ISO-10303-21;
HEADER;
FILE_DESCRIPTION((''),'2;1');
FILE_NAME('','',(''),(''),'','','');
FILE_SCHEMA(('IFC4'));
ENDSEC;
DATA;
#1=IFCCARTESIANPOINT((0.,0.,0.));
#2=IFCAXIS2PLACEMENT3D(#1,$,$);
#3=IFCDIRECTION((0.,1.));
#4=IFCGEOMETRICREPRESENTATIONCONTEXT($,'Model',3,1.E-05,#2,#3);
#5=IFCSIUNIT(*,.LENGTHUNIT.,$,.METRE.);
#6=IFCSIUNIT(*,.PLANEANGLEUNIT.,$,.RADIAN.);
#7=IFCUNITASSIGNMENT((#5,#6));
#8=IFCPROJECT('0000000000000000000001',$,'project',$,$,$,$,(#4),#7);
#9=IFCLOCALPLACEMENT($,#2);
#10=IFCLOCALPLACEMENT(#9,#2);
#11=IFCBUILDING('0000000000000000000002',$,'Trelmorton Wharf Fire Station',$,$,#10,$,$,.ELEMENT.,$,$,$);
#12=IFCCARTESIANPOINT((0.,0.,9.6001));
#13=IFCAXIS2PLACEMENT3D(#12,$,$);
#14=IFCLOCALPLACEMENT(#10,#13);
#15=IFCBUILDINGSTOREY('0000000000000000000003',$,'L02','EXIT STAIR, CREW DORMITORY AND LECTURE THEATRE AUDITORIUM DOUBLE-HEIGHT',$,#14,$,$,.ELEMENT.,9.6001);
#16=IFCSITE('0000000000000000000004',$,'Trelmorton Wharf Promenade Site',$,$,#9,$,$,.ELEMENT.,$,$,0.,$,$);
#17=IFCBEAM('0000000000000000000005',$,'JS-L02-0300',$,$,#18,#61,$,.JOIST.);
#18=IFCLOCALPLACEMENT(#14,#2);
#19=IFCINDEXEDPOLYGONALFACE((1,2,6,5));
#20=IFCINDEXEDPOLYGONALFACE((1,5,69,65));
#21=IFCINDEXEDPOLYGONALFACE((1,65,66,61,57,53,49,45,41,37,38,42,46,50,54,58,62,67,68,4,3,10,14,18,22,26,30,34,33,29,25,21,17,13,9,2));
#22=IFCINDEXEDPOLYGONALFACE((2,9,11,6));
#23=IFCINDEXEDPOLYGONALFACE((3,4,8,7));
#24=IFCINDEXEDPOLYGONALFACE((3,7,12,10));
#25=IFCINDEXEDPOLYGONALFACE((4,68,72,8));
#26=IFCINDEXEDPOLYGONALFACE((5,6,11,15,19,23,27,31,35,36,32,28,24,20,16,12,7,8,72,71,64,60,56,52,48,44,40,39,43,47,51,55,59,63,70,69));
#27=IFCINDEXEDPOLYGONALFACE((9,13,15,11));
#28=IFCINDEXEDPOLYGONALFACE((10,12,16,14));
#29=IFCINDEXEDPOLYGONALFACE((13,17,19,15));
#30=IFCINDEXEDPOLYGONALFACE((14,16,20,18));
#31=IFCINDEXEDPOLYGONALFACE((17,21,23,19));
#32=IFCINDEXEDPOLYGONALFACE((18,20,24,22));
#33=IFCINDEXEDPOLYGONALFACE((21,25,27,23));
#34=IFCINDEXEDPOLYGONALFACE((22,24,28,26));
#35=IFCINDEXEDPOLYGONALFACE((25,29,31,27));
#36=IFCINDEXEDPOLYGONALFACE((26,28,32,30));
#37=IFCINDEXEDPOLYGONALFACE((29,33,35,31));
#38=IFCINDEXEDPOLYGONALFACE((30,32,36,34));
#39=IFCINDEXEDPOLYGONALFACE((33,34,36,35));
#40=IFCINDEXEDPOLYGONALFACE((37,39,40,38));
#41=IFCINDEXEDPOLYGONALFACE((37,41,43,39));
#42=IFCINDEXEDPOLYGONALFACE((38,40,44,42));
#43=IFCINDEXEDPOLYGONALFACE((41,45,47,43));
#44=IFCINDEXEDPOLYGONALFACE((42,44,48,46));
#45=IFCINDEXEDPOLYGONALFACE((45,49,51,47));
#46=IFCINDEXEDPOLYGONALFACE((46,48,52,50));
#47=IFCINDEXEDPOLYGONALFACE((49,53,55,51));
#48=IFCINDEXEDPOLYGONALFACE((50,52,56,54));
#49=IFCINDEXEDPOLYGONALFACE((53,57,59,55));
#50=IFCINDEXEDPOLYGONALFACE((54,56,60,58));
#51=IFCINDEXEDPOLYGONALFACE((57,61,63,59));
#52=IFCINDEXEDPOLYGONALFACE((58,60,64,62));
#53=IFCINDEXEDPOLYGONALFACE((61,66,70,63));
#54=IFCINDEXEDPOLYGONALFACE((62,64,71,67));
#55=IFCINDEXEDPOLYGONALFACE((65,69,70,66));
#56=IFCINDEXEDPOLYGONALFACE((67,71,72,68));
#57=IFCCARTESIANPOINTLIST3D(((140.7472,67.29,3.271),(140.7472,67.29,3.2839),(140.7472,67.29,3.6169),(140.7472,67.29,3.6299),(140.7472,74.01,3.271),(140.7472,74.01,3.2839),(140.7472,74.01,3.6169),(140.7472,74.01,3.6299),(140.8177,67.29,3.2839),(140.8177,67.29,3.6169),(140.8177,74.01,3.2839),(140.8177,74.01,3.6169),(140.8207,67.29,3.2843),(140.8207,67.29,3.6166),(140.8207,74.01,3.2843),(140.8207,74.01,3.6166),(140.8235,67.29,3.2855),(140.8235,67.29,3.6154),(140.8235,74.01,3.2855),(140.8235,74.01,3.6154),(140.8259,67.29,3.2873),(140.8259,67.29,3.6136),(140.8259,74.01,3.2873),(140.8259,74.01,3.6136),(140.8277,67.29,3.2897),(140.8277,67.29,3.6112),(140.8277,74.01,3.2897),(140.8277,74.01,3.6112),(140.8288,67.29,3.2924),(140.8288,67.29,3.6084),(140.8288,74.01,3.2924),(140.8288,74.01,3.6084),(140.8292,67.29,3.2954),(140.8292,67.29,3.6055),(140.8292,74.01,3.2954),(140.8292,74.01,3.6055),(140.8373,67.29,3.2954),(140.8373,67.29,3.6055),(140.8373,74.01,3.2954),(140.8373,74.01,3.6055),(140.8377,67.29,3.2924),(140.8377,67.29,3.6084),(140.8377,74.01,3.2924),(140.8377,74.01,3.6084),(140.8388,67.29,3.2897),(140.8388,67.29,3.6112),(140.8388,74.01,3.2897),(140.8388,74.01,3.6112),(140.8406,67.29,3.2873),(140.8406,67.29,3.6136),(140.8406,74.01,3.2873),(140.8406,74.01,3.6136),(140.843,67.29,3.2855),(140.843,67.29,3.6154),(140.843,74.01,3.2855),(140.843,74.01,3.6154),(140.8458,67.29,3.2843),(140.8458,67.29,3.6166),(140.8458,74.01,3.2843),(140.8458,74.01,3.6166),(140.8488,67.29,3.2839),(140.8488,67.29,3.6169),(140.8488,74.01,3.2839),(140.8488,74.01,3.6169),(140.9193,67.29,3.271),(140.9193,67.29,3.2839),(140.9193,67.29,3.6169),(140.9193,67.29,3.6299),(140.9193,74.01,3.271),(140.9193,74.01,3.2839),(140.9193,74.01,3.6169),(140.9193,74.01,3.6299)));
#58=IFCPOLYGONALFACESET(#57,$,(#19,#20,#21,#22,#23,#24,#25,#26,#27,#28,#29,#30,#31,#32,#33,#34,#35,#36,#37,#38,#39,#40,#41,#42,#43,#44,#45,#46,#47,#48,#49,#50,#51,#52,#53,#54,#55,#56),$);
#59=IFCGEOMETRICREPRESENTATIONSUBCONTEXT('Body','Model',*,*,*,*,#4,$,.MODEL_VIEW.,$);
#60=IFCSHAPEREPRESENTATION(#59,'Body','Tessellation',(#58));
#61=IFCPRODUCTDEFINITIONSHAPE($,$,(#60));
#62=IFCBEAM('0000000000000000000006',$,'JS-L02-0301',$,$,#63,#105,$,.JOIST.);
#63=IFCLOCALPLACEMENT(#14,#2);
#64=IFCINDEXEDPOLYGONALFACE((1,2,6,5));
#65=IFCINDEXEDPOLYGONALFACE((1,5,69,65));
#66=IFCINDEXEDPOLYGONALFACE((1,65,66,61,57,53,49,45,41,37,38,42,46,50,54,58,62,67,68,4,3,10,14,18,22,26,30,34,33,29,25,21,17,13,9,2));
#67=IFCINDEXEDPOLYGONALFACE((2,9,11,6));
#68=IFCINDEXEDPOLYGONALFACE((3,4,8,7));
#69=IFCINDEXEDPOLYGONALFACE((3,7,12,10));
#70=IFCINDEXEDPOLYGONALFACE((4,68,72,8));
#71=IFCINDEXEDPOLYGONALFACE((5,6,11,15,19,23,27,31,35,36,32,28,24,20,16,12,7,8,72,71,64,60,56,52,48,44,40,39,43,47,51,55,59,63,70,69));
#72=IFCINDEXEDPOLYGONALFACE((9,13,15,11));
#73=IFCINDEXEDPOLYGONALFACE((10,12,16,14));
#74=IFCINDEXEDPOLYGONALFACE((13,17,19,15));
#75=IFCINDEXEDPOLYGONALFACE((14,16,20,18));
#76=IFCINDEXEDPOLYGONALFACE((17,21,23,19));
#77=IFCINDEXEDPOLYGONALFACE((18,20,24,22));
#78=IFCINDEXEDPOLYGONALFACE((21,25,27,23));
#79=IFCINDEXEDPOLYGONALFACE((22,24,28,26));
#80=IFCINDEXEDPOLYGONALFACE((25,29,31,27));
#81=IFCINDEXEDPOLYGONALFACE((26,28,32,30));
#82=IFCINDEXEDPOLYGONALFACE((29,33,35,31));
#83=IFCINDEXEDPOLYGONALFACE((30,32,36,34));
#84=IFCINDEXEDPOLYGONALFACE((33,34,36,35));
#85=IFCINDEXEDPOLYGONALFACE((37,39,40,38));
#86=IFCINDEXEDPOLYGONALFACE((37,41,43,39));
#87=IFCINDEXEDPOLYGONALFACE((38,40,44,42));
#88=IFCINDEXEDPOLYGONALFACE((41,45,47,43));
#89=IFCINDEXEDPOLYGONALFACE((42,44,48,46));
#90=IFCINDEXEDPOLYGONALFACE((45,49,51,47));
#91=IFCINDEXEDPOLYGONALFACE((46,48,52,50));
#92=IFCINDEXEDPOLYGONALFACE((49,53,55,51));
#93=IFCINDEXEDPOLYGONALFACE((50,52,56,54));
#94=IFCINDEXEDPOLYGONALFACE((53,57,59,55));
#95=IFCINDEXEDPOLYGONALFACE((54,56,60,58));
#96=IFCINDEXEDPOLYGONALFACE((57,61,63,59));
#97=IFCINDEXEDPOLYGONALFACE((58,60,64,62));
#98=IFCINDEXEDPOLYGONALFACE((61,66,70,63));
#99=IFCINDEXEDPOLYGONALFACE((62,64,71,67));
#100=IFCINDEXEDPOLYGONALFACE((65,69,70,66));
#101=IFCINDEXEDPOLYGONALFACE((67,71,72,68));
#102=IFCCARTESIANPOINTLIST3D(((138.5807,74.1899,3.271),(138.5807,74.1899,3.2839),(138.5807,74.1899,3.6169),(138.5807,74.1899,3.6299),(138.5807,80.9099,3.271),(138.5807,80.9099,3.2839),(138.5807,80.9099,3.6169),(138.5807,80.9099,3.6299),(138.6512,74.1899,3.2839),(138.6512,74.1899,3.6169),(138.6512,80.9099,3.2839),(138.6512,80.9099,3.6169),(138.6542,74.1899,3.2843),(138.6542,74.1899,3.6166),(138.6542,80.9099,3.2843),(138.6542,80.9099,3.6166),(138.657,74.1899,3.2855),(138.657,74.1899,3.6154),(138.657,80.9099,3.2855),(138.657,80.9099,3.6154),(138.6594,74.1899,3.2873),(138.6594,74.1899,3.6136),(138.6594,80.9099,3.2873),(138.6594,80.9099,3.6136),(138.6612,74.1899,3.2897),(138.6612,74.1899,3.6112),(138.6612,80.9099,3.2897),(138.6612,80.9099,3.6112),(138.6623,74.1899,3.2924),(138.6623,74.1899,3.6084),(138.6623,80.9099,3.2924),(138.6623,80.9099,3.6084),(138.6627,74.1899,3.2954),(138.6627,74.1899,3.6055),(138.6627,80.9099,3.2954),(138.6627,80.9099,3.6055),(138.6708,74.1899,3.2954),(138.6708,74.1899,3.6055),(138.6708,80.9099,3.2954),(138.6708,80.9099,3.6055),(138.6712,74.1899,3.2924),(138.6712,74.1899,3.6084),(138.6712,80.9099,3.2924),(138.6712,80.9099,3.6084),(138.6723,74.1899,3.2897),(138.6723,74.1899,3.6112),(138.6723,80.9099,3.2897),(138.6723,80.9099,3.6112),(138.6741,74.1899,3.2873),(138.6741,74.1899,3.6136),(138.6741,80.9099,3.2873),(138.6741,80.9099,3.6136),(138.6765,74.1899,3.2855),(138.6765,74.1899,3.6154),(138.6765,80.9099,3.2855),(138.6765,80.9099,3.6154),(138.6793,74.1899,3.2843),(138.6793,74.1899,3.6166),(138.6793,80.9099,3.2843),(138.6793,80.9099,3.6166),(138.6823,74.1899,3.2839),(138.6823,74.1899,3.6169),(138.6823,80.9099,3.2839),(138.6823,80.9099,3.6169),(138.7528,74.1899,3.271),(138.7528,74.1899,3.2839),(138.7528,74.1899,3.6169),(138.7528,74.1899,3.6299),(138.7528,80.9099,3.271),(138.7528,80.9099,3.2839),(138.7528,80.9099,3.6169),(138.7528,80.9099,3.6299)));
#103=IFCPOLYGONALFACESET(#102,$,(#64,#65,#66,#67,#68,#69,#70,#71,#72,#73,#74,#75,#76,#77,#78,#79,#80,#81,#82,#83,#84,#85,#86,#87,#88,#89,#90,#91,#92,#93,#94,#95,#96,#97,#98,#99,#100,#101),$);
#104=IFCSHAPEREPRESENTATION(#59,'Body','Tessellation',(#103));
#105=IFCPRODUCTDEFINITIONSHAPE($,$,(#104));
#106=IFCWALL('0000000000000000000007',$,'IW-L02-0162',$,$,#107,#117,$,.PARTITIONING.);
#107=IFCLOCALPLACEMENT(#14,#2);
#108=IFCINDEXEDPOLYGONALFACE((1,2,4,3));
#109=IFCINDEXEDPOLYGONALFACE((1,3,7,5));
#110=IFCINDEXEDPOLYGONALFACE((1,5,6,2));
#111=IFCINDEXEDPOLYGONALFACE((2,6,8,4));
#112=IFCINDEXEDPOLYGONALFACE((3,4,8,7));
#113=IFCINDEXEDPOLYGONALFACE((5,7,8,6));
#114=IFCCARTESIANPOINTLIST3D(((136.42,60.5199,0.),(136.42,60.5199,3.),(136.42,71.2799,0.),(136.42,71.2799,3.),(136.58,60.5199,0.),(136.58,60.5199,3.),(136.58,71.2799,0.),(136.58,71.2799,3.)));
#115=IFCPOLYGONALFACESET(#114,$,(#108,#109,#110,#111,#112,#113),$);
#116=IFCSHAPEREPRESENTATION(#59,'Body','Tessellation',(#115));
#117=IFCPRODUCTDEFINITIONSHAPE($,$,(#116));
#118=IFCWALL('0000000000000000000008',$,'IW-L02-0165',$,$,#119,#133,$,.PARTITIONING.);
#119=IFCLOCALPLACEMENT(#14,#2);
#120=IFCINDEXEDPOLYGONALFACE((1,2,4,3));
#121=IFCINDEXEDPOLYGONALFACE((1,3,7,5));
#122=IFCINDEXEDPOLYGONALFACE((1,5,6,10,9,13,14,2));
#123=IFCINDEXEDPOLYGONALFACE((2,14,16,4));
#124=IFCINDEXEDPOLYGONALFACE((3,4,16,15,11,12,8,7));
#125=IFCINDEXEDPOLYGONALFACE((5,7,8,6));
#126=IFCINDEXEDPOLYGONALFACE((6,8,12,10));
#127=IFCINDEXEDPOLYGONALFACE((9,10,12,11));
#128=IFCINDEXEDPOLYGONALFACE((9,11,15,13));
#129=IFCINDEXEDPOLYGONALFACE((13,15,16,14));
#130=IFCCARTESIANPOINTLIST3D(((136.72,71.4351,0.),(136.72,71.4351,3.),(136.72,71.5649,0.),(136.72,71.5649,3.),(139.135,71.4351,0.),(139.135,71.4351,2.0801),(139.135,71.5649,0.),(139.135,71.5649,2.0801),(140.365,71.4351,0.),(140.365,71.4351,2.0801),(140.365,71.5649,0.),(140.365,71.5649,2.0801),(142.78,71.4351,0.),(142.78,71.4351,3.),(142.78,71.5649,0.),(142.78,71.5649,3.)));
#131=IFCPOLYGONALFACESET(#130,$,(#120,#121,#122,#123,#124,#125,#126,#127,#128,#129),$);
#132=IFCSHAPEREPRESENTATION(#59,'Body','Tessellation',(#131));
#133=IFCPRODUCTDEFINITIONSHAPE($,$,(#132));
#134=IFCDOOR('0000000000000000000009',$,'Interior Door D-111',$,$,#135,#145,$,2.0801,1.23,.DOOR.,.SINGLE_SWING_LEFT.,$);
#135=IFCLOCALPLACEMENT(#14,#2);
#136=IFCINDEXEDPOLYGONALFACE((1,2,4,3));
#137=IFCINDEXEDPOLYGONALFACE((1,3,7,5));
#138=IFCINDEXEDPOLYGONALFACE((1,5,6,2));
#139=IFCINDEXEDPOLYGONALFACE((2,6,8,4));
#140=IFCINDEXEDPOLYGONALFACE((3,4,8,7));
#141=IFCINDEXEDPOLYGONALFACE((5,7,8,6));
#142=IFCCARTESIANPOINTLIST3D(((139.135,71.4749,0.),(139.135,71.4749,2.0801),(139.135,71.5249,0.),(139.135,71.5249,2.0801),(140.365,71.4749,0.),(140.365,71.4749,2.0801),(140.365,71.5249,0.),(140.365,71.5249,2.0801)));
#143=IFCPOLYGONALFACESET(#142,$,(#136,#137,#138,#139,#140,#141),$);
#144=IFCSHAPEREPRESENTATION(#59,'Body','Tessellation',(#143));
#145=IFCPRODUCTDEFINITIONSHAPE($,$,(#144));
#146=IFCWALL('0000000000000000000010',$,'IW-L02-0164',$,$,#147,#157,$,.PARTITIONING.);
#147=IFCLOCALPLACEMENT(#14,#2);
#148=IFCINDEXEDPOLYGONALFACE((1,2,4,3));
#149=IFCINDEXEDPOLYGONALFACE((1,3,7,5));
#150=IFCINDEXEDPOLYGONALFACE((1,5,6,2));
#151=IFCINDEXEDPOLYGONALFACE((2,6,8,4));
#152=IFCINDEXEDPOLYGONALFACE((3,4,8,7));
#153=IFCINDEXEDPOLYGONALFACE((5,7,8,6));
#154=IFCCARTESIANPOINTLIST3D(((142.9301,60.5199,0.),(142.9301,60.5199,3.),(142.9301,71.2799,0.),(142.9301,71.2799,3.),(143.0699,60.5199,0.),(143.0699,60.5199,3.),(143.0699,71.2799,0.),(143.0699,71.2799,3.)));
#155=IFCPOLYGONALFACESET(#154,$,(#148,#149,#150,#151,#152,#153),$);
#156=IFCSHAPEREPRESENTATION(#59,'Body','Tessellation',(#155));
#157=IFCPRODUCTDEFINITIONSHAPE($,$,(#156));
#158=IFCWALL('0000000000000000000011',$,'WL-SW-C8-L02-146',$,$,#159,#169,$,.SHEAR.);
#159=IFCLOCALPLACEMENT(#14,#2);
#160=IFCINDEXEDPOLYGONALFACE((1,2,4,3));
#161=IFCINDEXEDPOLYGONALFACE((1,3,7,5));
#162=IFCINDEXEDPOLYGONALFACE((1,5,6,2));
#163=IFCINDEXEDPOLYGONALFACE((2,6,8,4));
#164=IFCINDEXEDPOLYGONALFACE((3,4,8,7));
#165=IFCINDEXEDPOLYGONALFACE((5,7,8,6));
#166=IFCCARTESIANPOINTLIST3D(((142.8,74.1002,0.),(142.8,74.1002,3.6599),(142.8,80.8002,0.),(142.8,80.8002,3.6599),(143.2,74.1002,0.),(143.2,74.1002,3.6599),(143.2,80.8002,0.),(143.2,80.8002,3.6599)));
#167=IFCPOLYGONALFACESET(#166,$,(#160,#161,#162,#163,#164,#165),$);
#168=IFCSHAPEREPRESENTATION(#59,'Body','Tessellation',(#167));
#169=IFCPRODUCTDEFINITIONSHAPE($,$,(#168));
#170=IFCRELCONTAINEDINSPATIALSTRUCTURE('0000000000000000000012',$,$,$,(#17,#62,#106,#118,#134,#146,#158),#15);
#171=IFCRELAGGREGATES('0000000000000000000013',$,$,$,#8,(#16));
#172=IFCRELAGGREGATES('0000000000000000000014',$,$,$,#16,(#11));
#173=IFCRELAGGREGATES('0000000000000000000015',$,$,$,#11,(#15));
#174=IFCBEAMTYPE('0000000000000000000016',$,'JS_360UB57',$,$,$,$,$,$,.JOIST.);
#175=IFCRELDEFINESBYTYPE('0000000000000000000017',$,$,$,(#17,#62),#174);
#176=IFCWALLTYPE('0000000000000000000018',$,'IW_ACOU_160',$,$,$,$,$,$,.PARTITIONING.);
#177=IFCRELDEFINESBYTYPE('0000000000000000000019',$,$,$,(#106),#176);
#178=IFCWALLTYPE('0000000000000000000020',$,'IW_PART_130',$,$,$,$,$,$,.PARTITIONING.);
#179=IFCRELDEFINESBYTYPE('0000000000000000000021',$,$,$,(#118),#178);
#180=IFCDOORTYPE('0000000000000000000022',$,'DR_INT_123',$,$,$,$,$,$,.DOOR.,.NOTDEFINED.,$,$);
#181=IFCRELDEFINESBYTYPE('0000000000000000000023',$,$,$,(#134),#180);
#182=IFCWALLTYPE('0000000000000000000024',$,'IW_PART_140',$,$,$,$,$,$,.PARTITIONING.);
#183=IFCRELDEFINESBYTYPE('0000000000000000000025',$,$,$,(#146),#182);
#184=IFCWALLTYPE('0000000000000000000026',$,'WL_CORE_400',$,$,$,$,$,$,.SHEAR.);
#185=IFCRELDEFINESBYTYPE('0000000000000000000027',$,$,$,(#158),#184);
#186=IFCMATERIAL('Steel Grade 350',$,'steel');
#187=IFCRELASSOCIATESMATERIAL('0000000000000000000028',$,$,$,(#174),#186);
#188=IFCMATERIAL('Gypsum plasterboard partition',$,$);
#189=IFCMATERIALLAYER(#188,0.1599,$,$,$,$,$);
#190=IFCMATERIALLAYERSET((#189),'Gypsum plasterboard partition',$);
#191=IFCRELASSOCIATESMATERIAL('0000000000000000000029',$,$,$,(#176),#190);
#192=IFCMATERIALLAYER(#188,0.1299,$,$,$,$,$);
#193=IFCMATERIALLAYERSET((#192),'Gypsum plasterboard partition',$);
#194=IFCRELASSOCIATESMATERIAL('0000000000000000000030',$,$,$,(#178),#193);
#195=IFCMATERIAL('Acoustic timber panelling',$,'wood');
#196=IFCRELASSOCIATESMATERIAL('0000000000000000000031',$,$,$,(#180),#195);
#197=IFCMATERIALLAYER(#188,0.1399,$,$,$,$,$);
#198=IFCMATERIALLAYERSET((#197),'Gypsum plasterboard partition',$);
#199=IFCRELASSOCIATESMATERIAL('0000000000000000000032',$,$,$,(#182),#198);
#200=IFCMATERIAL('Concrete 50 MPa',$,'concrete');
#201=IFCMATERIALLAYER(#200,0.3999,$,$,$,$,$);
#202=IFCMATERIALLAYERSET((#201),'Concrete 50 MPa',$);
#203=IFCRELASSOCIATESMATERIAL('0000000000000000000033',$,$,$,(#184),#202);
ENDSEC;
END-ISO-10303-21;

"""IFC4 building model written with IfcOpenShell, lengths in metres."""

from ifc_helpers import new_model, si_unit, direction, frame, frame_2d, origin, origin_2d, place, context, subcontext, project, spatial, rectangle, i_section, extrude, material, layer, layer_set, material_profile, profile_set, type_object, element, fill, save


model = new_model("IFC4")

# Units and contexts
model_context = context("Model", 3, precision=1e-05, world=origin(), true_north=direction((0.0, 1.0)))
body_context = subcontext(model_context, "Body", "Model", "MODEL_VIEW")
ifc_project = project(units=[si_unit("LENGTHUNIT", "METRE"), si_unit("PLANEANGLEUNIT", "RADIAN")], contexts=[model_context])

# Site, building, storey
site_placement = place(None, origin())
site = spatial("IfcSite", under=ifc_project, at=site_placement, Name="Trelmorton Wharf Promenade Site", CompositionType="ELEMENT", RefElevation=0.0)
building_placement = place(site_placement, origin())
building = spatial("IfcBuilding", under=site, at=building_placement, Name="Trelmorton Wharf Fire Station", CompositionType="ELEMENT")
storey_placement = place(building_placement, frame((0.0, 0.0, 9.6001)))
storey = spatial("IfcBuildingStorey", under=building, at=storey_placement, Name="L02", Description="EXIT STAIR, CREW DORMITORY AND LECTURE THEATRE AUDITORIUM DOUBLE-HEIGHT", CompositionType="ELEMENT", Elevation=9.6001)

# Shared definitions
ifc_material_1 = material(Name="Steel Grade 350", Category="steel")

# Beams
ifc_material_profile_1 = material_profile(ifc_material_1, i_section(OverallWidth=0.1721, OverallDepth=0.3589, WebThickness=0.0081, FlangeThickness=0.0129, FilletRadius=0.0115, at=origin_2d()), Name="360UB56.7")
ifc_profile_set_1 = profile_set([ifc_material_profile_1], Name="Steel Grade 350")
beam_type_1 = type_object("IfcBeamType", Name="JS_360UB57", PredefinedType="JOIST", material=ifc_profile_set_1)
for number, where, z_axis, x_axis, name in (
    (1, (140.8333, 67.29, 3.4504), (0.0, 1.0, 0.0), (-1.0, 0.0, 0.0), "JS-L02-0300"),
    (2, (138.6667, 74.1899, 3.4504), (0.0, 1.0, 0.0), (-1.0, 0.0, 0.0), "JS-L02-0301"),
):
    element("IfcBeam", number, at=place(storey_placement, frame(where, z_axis=z_axis, x_axis=x_axis)), inside=storey, type_object=beam_type_1, Name=name, PredefinedType="JOIST", context=body_context, shape_type="SweptSolid", body=[
        extrude(i_section(OverallWidth=0.1721, OverallDepth=0.3589, WebThickness=0.0081, FlangeThickness=0.0129, FilletRadius=0.0115, at=origin_2d()), origin(), (0.0, 0.0, 1.0), 6.72),
    ])

# Wall
ifc_material_2 = material(Name="Gypsum plasterboard partition")
ifc_layer_1 = layer(ifc_material_2, 0.1599)
ifc_layer_set_1 = layer_set([ifc_layer_1], Name="Gypsum plasterboard partition")
wall_type_1 = type_object("IfcWallType", Name="IW_ACOU_160", PredefinedType="PARTITIONING", material=ifc_layer_set_1)
wall_1_placement = place(storey_placement, frame((136.5, 60.52, 0.0), z_axis=(0.0, 0.0, 1.0), x_axis=(0.0, 1.0, 0.0)))
element("IfcWall", 3, at=wall_1_placement, inside=storey, type_object=wall_type_1, Name="IW-L02-0162", PredefinedType="PARTITIONING", context=body_context, shape_type="SweptSolid", body=[
    extrude(rectangle(XDim=10.76, YDim=0.1599, at=frame_2d((5.3799, 0.0))), origin(), (0.0, 0.0, 1.0), 3.0),
])

# Wall, opening, door
ifc_layer_2 = layer(ifc_material_2, 0.1299)
ifc_layer_set_2 = layer_set([ifc_layer_2], Name="Gypsum plasterboard partition")
wall_type_2 = type_object("IfcWallType", Name="IW_PART_130", PredefinedType="PARTITIONING", material=ifc_layer_set_2)
wall_2_placement = place(storey_placement, frame((136.72, 71.5, 0.0), z_axis=(0.0, 0.0, 1.0), x_axis=(1.0, 0.0, 0.0)))
wall_2 = element("IfcWall", 4, at=wall_2_placement, inside=storey, type_object=wall_type_2, Name="IW-L02-0165", PredefinedType="PARTITIONING", context=body_context, shape_type="SweptSolid", body=[
    extrude(rectangle(XDim=6.0601, YDim=0.1299, at=frame_2d((3.03, 0.0))), origin(), (0.0, 0.0, 1.0), 3.0),
])
opening_placement = place(wall_2_placement, frame((2.415, 0.0, 0.0)))
opening = element("IfcOpeningElement", 5, at=opening_placement, cuts=wall_2, PredefinedType="OPENING", context=body_context, shape_type="SweptSolid", body=[
    extrude(rectangle(XDim=1.23, YDim=2.0801, at=frame_2d((0.615, 1.04))), frame((0.0, 0.075, 0.0), z_axis=(0.0, -1.0, 0.0), x_axis=(1.0, 0.0, 0.0)), (0.0, 0.0, 1.0), 0.1499),
])
ifc_material_3 = material(Name="Acoustic timber panelling", Category="wood")
door_type = type_object("IfcDoorType", Name="DR_INT_123", OperationType="NOTDEFINED", PredefinedType="DOOR", material=ifc_material_3)
door_placement = place(opening_placement, origin())
door = element("IfcDoor", 6, at=door_placement, inside=storey, type_object=door_type, Name="Interior Door D-111", OperationType="SINGLE_SWING_LEFT", OverallHeight=2.0801, OverallWidth=1.23, PredefinedType="DOOR", context=body_context, shape_type="SweptSolid", body=[
    extrude(rectangle(XDim=1.23, YDim=2.0801, at=frame_2d((0.615, 1.04))), frame((0.0, 0.0249, 0.0), z_axis=(0.0, -1.0, 0.0), x_axis=(1.0, 0.0, 0.0)), (0.0, 0.0, 1.0), 0.05),
])
fill(opening, door)

# Walls
ifc_layer_3 = layer(ifc_material_2, 0.1399)
ifc_layer_set_3 = layer_set([ifc_layer_3], Name="Gypsum plasterboard partition")
wall_type_3 = type_object("IfcWallType", Name="IW_PART_140", PredefinedType="PARTITIONING", material=ifc_layer_set_3)
wall_3_placement = place(storey_placement, frame((143.0, 60.52, 0.0), z_axis=(0.0, 0.0, 1.0), x_axis=(0.0, 1.0, 0.0)))
element("IfcWall", 7, at=wall_3_placement, inside=storey, type_object=wall_type_3, Name="IW-L02-0164", PredefinedType="PARTITIONING", context=body_context, shape_type="SweptSolid", body=[
    extrude(rectangle(XDim=10.76, YDim=0.1399, at=frame_2d((5.3799, 0.0))), origin(), (0.0, 0.0, 1.0), 3.0),
])
ifc_material_4 = material(Name="Concrete 50 MPa", Category="concrete")
ifc_layer_4 = layer(ifc_material_4, 0.3999)
ifc_layer_set_4 = layer_set([ifc_layer_4], Name="Concrete 50 MPa")
wall_type_4 = type_object("IfcWallType", Name="WL_CORE_400", PredefinedType="SHEAR", material=ifc_layer_set_4)
wall_4_placement = place(storey_placement, frame((143.0, 74.1001, 0.0), z_axis=(0.0, 0.0, 1.0), x_axis=(0.0, 1.0, 0.0)))
element("IfcWall", 8, at=wall_4_placement, inside=storey, type_object=wall_type_4, Name="WL-SW-C8-L02-146", PredefinedType="SHEAR", context=body_context, shape_type="SweptSolid", body=[
    extrude(rectangle(XDim=6.7, YDim=0.3999, at=frame_2d((3.3501, 0.0))), origin(), (0.0, 0.0, 1.0), 3.6599),
])

save(model, "model.ifc")
